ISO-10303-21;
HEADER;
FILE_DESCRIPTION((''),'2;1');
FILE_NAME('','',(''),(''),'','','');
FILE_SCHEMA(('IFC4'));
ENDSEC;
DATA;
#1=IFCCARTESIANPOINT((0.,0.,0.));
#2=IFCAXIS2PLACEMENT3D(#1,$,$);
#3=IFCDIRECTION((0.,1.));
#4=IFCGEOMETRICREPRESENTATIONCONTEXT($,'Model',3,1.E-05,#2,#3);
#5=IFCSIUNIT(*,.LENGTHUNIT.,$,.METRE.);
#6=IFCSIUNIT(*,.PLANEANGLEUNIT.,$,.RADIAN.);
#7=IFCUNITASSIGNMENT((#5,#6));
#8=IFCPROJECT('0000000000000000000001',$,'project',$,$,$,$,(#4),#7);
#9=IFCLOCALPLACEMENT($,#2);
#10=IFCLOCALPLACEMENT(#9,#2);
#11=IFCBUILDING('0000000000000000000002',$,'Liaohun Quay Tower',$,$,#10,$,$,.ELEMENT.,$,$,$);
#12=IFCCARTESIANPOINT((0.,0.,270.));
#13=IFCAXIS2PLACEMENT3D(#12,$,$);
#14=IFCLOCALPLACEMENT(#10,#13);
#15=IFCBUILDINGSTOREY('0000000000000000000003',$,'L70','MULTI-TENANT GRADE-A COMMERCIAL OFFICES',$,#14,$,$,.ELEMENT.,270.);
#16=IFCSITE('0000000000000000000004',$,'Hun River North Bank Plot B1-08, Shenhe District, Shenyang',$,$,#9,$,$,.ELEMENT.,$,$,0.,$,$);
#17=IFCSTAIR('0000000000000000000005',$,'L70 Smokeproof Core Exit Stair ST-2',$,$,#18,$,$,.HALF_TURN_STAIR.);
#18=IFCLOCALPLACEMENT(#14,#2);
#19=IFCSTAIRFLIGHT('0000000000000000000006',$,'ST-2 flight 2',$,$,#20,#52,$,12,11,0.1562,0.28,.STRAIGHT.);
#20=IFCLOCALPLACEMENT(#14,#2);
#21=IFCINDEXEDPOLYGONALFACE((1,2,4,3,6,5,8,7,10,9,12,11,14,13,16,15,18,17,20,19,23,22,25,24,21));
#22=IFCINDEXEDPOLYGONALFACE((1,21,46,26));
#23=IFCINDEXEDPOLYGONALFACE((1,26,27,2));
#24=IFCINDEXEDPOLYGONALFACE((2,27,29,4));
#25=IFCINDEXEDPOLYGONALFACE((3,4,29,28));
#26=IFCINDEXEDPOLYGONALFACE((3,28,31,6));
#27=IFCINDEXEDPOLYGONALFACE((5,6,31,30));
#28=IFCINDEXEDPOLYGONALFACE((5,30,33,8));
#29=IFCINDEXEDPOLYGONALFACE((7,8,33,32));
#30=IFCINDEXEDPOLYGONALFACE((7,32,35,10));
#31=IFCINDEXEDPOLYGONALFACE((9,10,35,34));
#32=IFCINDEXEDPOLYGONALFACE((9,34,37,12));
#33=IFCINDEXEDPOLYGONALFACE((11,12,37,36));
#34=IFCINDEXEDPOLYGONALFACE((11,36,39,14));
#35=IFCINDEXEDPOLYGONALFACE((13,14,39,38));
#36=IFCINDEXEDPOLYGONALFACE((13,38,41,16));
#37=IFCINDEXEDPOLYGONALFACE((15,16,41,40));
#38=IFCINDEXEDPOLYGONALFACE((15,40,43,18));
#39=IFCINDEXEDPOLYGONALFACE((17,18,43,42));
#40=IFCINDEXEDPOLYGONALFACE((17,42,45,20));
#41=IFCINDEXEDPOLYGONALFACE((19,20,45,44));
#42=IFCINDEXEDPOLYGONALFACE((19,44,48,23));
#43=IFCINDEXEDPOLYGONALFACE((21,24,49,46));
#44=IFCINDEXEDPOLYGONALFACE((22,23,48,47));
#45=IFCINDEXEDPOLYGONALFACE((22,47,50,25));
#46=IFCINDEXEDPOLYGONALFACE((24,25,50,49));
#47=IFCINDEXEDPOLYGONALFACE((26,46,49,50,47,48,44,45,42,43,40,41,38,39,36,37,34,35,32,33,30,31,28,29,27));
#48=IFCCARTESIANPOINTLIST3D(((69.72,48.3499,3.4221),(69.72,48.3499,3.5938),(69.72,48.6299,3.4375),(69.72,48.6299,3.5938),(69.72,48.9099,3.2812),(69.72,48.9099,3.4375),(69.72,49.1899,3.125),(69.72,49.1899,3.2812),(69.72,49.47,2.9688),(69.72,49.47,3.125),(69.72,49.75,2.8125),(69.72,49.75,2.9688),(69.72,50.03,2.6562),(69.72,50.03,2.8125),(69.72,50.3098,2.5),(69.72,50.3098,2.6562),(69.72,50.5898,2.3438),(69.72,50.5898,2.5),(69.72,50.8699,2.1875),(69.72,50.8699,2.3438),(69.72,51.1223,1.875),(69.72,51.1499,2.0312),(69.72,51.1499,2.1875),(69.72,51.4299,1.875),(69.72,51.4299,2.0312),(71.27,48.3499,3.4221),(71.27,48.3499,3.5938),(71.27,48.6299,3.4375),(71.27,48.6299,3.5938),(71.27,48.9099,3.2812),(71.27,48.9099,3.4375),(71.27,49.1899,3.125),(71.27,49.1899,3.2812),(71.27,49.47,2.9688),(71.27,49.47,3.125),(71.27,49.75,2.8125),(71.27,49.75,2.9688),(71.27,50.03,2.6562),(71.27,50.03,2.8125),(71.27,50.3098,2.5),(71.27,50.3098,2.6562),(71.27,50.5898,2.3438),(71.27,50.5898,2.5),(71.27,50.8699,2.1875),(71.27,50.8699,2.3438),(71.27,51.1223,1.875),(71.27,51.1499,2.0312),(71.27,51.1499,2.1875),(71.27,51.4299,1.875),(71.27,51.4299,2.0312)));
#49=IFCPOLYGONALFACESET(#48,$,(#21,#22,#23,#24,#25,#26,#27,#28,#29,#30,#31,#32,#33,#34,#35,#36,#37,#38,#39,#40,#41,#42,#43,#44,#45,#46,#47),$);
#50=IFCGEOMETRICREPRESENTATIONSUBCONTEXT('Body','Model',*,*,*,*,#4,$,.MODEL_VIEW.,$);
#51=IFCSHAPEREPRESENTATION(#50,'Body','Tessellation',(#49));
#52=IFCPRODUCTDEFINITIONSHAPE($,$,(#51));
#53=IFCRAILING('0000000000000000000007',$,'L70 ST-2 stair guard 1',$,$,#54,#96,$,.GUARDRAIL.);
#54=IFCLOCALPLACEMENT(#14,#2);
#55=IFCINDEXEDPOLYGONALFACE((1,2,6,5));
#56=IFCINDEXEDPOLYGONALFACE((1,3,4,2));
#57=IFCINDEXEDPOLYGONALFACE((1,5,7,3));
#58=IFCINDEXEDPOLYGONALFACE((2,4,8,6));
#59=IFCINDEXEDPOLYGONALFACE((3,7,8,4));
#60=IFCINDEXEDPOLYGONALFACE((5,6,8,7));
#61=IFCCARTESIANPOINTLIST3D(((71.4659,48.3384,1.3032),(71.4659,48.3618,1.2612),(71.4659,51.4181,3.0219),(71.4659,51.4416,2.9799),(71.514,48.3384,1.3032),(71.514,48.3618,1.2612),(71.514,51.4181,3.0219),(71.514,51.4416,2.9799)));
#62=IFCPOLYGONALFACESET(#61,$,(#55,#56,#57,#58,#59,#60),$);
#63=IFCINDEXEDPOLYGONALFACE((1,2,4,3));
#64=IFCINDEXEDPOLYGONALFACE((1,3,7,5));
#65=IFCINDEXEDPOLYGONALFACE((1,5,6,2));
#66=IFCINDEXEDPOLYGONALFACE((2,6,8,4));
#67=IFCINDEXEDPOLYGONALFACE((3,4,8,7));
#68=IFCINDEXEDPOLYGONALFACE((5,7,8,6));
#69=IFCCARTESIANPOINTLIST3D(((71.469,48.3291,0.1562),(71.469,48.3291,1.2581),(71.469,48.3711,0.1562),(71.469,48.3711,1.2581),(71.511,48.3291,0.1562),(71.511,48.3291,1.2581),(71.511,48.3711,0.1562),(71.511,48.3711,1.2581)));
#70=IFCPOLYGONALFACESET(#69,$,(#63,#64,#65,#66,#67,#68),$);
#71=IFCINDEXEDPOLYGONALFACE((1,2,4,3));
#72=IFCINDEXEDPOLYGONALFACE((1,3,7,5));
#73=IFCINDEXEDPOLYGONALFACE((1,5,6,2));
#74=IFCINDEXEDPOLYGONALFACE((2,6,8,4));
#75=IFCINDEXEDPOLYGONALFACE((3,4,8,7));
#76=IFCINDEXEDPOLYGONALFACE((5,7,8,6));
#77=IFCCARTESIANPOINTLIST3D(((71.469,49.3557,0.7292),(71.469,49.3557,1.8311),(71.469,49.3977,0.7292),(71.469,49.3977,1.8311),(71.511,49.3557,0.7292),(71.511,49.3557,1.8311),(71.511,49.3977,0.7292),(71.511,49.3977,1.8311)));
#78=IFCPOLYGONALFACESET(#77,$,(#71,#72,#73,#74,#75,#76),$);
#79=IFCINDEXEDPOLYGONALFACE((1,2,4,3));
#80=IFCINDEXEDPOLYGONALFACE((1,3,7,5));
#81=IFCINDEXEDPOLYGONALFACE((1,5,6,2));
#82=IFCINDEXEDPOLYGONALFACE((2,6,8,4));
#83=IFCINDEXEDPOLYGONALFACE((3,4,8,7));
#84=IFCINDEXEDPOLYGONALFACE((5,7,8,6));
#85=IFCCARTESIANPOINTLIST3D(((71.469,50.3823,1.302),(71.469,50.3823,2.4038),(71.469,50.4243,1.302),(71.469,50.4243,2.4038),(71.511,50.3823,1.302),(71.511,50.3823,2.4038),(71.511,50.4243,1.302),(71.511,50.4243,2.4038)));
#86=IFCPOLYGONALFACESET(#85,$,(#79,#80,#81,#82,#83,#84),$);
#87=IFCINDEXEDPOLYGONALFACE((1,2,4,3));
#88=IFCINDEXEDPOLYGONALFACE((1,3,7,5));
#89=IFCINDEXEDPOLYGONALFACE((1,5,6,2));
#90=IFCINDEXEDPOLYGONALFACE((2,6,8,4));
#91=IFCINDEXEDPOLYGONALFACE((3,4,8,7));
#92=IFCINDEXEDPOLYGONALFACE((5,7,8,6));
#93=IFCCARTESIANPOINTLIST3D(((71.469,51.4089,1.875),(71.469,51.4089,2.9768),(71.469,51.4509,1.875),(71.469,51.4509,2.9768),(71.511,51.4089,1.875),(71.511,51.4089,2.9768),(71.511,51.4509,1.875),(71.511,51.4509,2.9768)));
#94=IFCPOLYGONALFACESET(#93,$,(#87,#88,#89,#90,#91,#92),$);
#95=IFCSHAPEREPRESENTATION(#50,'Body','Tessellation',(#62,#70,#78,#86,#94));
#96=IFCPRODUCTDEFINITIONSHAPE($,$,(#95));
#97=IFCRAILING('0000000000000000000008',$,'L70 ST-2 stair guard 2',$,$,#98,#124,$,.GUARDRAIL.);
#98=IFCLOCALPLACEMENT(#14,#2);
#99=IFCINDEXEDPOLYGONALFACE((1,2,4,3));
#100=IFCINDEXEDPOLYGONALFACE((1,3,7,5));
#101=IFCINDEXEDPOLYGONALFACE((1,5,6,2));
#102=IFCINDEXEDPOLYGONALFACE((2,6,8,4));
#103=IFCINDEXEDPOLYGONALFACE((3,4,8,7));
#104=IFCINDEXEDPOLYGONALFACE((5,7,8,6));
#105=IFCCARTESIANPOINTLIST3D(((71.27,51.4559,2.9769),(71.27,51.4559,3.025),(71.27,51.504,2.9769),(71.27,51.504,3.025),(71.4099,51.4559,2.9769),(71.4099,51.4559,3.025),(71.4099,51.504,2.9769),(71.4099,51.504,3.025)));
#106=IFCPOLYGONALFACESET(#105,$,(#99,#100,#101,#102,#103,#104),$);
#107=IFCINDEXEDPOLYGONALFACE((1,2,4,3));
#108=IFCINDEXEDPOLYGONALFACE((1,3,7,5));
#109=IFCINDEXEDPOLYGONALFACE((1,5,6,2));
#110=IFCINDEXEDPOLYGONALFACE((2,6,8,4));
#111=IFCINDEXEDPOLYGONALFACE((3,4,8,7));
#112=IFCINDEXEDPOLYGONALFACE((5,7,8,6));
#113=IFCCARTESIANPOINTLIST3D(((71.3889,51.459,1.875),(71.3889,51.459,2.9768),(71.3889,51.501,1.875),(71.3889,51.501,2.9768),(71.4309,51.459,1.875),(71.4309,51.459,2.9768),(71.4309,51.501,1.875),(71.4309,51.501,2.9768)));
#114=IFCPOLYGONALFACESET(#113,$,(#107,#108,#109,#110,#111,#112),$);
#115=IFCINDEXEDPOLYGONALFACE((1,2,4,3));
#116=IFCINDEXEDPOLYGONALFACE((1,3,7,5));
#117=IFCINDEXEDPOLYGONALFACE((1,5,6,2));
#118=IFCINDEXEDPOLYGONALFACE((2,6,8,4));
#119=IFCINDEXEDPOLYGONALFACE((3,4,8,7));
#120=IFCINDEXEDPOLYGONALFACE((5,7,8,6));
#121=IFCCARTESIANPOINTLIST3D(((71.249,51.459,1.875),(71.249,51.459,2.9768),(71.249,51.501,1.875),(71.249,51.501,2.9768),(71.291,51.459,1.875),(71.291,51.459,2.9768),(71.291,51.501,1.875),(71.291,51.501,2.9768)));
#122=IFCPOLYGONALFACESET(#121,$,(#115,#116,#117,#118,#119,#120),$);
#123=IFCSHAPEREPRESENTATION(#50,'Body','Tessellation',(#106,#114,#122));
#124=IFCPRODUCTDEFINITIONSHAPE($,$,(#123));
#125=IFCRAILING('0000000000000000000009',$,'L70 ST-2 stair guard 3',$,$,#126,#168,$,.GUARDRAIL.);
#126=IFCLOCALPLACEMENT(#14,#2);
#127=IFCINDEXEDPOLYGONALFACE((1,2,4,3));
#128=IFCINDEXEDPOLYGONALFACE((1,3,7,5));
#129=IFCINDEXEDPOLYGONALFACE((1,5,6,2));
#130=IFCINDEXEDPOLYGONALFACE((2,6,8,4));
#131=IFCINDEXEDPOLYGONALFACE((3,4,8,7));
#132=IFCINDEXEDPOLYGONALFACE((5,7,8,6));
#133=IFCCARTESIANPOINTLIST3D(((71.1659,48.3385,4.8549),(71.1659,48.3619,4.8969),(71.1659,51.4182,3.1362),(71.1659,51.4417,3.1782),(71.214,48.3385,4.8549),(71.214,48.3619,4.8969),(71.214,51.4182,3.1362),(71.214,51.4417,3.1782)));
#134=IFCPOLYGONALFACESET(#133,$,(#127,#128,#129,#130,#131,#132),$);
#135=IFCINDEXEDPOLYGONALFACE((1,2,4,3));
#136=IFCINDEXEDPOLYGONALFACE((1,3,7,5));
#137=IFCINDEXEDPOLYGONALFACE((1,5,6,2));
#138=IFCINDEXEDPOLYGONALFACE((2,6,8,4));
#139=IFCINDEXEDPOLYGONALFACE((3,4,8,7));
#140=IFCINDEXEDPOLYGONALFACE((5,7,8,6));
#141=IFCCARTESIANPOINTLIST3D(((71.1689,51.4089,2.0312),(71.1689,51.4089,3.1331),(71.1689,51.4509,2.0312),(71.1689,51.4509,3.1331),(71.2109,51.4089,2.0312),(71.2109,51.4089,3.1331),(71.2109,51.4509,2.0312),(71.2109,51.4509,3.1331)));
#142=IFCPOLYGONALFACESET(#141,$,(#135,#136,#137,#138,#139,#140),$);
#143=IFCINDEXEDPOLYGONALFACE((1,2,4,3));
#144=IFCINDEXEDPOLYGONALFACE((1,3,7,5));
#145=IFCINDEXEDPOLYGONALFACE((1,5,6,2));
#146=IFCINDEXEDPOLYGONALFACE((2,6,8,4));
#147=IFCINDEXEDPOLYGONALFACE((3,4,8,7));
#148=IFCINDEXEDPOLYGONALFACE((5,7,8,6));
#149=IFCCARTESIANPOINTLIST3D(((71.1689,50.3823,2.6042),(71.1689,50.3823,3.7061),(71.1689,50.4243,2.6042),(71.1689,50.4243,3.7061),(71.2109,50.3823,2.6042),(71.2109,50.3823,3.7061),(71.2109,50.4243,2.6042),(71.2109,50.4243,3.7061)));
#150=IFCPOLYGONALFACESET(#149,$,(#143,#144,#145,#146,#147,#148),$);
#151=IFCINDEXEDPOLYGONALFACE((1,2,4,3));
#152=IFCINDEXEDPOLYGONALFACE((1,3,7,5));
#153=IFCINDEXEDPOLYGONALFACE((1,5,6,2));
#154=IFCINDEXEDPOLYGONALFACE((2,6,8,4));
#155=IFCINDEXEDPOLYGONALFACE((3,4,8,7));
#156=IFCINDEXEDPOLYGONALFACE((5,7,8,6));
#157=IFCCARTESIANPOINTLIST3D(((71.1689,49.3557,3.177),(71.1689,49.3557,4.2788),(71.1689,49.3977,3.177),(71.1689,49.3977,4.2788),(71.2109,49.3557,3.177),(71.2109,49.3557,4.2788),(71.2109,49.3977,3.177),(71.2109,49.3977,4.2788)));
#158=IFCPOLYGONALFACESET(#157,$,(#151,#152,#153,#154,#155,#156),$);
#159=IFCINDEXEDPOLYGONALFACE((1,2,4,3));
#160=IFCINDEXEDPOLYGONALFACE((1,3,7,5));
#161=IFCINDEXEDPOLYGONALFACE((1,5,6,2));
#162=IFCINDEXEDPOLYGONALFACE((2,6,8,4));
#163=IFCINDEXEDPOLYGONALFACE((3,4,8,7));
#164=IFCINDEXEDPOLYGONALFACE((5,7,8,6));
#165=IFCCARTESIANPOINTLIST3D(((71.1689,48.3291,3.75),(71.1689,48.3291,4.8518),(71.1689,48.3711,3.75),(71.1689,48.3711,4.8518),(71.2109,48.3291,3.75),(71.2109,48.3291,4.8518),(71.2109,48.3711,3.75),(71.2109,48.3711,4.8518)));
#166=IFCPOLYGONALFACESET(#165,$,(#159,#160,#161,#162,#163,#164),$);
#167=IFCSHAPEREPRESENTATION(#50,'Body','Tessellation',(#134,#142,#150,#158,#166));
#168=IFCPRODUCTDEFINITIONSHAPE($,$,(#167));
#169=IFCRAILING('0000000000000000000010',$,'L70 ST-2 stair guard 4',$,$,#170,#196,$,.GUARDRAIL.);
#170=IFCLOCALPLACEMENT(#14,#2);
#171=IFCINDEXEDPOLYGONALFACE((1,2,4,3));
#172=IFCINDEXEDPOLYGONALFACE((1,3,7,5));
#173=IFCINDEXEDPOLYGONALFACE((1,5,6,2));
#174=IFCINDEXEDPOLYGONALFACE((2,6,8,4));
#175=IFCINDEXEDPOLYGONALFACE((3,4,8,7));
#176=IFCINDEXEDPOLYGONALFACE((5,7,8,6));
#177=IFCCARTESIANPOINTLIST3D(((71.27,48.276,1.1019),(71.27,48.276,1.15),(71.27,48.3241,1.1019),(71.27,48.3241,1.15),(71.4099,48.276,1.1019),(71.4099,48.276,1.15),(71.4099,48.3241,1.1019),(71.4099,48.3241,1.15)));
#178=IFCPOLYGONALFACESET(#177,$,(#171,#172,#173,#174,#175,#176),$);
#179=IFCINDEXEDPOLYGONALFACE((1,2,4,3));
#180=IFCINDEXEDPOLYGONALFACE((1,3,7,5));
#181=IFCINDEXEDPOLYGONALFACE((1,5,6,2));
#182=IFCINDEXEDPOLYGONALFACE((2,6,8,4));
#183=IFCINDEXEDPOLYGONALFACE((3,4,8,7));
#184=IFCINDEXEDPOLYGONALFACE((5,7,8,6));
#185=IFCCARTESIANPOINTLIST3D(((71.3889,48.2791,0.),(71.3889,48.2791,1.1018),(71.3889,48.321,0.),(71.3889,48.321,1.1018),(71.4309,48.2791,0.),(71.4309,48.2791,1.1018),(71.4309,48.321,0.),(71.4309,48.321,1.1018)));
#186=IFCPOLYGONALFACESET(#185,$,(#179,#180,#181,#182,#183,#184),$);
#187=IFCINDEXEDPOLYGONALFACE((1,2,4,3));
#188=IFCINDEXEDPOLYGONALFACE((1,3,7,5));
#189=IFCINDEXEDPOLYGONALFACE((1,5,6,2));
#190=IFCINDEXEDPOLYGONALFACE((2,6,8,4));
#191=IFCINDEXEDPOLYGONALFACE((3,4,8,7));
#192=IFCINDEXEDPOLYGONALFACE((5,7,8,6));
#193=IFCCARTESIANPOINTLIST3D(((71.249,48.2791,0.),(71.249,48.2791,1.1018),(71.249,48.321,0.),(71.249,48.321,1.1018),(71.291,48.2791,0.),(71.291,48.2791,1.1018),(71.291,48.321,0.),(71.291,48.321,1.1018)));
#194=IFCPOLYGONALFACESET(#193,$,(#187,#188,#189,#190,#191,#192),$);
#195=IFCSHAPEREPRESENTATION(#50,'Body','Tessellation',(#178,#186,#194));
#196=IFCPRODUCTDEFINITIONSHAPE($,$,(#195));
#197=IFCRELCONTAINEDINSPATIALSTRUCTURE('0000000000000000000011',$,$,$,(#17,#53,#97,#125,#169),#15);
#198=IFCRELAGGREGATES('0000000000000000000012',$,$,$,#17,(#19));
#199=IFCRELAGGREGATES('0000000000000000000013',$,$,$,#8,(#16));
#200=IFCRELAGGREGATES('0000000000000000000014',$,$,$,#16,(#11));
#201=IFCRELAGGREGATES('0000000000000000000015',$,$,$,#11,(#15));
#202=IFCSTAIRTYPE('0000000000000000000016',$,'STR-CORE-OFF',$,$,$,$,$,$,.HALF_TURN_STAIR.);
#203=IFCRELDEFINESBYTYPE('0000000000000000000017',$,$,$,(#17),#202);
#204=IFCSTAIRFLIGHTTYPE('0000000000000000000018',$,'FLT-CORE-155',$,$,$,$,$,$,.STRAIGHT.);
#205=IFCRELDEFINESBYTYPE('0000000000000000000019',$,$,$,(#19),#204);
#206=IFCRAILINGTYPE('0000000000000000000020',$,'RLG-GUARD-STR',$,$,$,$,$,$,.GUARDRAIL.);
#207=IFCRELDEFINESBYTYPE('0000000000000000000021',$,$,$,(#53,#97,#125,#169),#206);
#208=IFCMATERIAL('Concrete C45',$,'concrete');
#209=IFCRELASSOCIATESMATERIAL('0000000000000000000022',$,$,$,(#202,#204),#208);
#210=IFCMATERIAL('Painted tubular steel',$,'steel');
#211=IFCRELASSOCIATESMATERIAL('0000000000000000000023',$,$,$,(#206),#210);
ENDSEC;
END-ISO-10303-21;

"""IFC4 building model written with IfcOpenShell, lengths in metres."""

from ifc_helpers import new_model, si_unit, direction, frame, origin, origin_2d, place, context, subcontext, project, spatial, polyline, rectangle, outline, extrude, material, type_object, element, aggregate, save


model = new_model("IFC4")

# Units and contexts
model_context = context("Model", 3, precision=1e-05, world=origin(), true_north=direction((0.0, 1.0)))
body_context = subcontext(model_context, "Body", "Model", "MODEL_VIEW")
ifc_project = project(units=[si_unit("LENGTHUNIT", "METRE"), si_unit("PLANEANGLEUNIT", "RADIAN")], contexts=[model_context])

# Site, building, storey
site_placement = place(None, origin())
site = spatial("IfcSite", under=ifc_project, at=site_placement, Name="Hun River North Bank Plot B1-08, Shenhe District, Shenyang", CompositionType="ELEMENT", RefElevation=0.0)
building_placement = place(site_placement, origin())
building = spatial("IfcBuilding", under=site, at=building_placement, Name="Liaohun Quay Tower", CompositionType="ELEMENT")
storey_placement = place(building_placement, frame((0.0, 0.0, 270.0)))
storey = spatial("IfcBuildingStorey", under=building, at=storey_placement, Name="L70", Description="MULTI-TENANT GRADE-A COMMERCIAL OFFICES", CompositionType="ELEMENT", Elevation=270.0)

# Stair, stair flight
ifc_material_1 = material(Name="Concrete C45", Category="concrete")
stair_type = type_object("IfcStairType", Name="STR-CORE-OFF", PredefinedType="HALF_TURN_STAIR", material=ifc_material_1)
stair_placement = place(storey_placement, origin())
stair = element("IfcStair", 1, at=stair_placement, inside=storey, type_object=stair_type, Name="L70 Smokeproof Core Exit Stair ST-2", PredefinedType="HALF_TURN_STAIR")
stair_flight_type = type_object("IfcStairFlightType", Name="FLT-CORE-155", PredefinedType="STRAIGHT", material=ifc_material_1)
stair_flight_1_placement = place(storey_placement, frame((70.4951, 51.4299, 1.875), z_axis=(0.0, 0.0, 1.0), x_axis=(0.0, -1.0, 0.0)))
stair_flight_1 = element("IfcStairFlight", 2, at=stair_flight_1_placement, type_object=stair_flight_type, Name="ST-2 flight 2", NumberOfRisers=12, NumberOfTreads=11, PredefinedType="STRAIGHT", RiserHeight=0.1562, TreadLength=0.28, context=body_context, shape_type="SweptSolid", body=[
    extrude(outline(polyline([(0.0, 0.0), (0.0, 0.1562), (0.28, 0.1562), (0.28, 0.3125), (0.5601, 0.3125), (0.5601, 0.4688), (0.8401, 0.4688), (0.8401, 0.625), (1.1201, 0.625), (1.1201, 0.7812), (1.3999, 0.7812), (1.3999, 0.9375), (1.6799, 0.9375), (1.6799, 1.0938), (1.96, 1.0938), (1.96, 1.25), (2.24, 1.25), (2.24, 1.4062), (2.52, 1.4062), (2.52, 1.5625), (2.8, 1.5625), (2.8, 1.7188), (3.0801, 1.7188), (3.0801, 1.875), (3.0801, 1.5471), (0.3076, 0.0), (0.0, 0.0)])), frame((0.0, 0.7749, 0.0), z_axis=(0.0, -1.0, 0.0), x_axis=(1.0, 0.0, 0.0)), (0.0, 0.0, 1.0), 1.55),
])
aggregate(stair, [stair_flight_1])

# Railings
ifc_material_2 = material(Name="Painted tubular steel", Category="steel")
railing_type_1 = type_object("IfcRailingType", Name="RLG-GUARD-STR", PredefinedType="GUARDRAIL", material=ifc_material_2)
railing_1_placement = place(storey_placement, frame((71.49, 48.3501, 0.1562)))
element("IfcRailing", 3, at=railing_1_placement, inside=storey, type_object=railing_type_1, Name="L70 ST-2 stair guard 1", PredefinedType="GUARDRAIL", context=body_context, shape_type="SweptSolid", body=[
    extrude(rectangle(XDim=0.0481, YDim=0.0481, at=origin_2d()), frame((0.0, 0.0, 1.126), z_axis=(0.0, 0.873225, 0.487317), x_axis=(-1.0, 0.0, 0.0)), (0.0, 0.0, 1.0), 3.5269),
    extrude(rectangle(XDim=0.042, YDim=0.042, at=origin_2d()), origin(), (0.0, 0.0, 1.0), 1.1018),
    extrude(rectangle(XDim=0.042, YDim=0.042, at=origin_2d()), frame((0.0, 1.0266, 0.573)), (0.0, 0.0, 1.0), 1.1018),
    extrude(rectangle(XDim=0.042, YDim=0.042, at=origin_2d()), frame((0.0, 2.0532, 1.1458)), (0.0, 0.0, 1.0), 1.1018),
    extrude(rectangle(XDim=0.042, YDim=0.042, at=origin_2d()), frame((0.0, 3.0798, 1.7188)), (0.0, 0.0, 1.0), 1.1018),
])
railing_2_placement = place(storey_placement, frame((71.4099, 51.48, 1.875)))
element("IfcRailing", 4, at=railing_2_placement, inside=storey, type_object=railing_type_1, Name="L70 ST-2 stair guard 2", PredefinedType="GUARDRAIL", context=body_context, shape_type="SweptSolid", body=[
    extrude(rectangle(XDim=0.0481, YDim=0.0481, at=origin_2d()), frame((0.0, 0.0, 1.126), z_axis=(-1.0, 0.0, 0.0), x_axis=(0.0, -1.0, 0.0)), (0.0, 0.0, 1.0), 0.1399),
    extrude(rectangle(XDim=0.042, YDim=0.042, at=origin_2d()), origin(), (0.0, 0.0, 1.0), 1.1018),
    extrude(rectangle(XDim=0.042, YDim=0.042, at=origin_2d()), frame((-0.1399, 0.0, 0.0)), (0.0, 0.0, 1.0), 1.1018),
])
railing_3_placement = place(storey_placement, frame((71.1899, 51.4299, 2.0312)))
element("IfcRailing", 5, at=railing_3_placement, inside=storey, type_object=railing_type_1, Name="L70 ST-2 stair guard 3", PredefinedType="GUARDRAIL", context=body_context, shape_type="SweptSolid", body=[
    extrude(rectangle(XDim=0.0481, YDim=0.0481, at=origin_2d()), frame((0.0, 0.0, 1.126), z_axis=(0.0, -0.873225, 0.487317), x_axis=(1.0, 0.0, 0.0)), (0.0, 0.0, 1.0), 3.5269),
    extrude(rectangle(XDim=0.042, YDim=0.042, at=origin_2d()), origin(), (0.0, 0.0, 1.0), 1.1018),
    extrude(rectangle(XDim=0.042, YDim=0.042, at=origin_2d()), frame((0.0, -1.0266, 0.573)), (0.0, 0.0, 1.0), 1.1018),
    extrude(rectangle(XDim=0.042, YDim=0.042, at=origin_2d()), frame((0.0, -2.0532, 1.1458)), (0.0, 0.0, 1.0), 1.1018),
    extrude(rectangle(XDim=0.042, YDim=0.042, at=origin_2d()), frame((0.0, -3.0798, 1.7188)), (0.0, 0.0, 1.0), 1.1018),
])
railing_4_placement = place(storey_placement, frame((71.4099, 48.3, 0.0)))
element("IfcRailing", 6, at=railing_4_placement, inside=storey, type_object=railing_type_1, Name="L70 ST-2 stair guard 4", PredefinedType="GUARDRAIL", context=body_context, shape_type="SweptSolid", body=[
    extrude(rectangle(XDim=0.0481, YDim=0.0481, at=origin_2d()), frame((0.0, 0.0, 1.126), z_axis=(-1.0, 0.0, 0.0), x_axis=(0.0, -1.0, 0.0)), (0.0, 0.0, 1.0), 0.1399),
    extrude(rectangle(XDim=0.042, YDim=0.042, at=origin_2d()), origin(), (0.0, 0.0, 1.0), 1.1018),
    extrude(rectangle(XDim=0.042, YDim=0.042, at=origin_2d()), frame((-0.1399, 0.0, 0.0)), (0.0, 0.0, 1.0), 1.1018),
])

save(model, "model.ifc")
